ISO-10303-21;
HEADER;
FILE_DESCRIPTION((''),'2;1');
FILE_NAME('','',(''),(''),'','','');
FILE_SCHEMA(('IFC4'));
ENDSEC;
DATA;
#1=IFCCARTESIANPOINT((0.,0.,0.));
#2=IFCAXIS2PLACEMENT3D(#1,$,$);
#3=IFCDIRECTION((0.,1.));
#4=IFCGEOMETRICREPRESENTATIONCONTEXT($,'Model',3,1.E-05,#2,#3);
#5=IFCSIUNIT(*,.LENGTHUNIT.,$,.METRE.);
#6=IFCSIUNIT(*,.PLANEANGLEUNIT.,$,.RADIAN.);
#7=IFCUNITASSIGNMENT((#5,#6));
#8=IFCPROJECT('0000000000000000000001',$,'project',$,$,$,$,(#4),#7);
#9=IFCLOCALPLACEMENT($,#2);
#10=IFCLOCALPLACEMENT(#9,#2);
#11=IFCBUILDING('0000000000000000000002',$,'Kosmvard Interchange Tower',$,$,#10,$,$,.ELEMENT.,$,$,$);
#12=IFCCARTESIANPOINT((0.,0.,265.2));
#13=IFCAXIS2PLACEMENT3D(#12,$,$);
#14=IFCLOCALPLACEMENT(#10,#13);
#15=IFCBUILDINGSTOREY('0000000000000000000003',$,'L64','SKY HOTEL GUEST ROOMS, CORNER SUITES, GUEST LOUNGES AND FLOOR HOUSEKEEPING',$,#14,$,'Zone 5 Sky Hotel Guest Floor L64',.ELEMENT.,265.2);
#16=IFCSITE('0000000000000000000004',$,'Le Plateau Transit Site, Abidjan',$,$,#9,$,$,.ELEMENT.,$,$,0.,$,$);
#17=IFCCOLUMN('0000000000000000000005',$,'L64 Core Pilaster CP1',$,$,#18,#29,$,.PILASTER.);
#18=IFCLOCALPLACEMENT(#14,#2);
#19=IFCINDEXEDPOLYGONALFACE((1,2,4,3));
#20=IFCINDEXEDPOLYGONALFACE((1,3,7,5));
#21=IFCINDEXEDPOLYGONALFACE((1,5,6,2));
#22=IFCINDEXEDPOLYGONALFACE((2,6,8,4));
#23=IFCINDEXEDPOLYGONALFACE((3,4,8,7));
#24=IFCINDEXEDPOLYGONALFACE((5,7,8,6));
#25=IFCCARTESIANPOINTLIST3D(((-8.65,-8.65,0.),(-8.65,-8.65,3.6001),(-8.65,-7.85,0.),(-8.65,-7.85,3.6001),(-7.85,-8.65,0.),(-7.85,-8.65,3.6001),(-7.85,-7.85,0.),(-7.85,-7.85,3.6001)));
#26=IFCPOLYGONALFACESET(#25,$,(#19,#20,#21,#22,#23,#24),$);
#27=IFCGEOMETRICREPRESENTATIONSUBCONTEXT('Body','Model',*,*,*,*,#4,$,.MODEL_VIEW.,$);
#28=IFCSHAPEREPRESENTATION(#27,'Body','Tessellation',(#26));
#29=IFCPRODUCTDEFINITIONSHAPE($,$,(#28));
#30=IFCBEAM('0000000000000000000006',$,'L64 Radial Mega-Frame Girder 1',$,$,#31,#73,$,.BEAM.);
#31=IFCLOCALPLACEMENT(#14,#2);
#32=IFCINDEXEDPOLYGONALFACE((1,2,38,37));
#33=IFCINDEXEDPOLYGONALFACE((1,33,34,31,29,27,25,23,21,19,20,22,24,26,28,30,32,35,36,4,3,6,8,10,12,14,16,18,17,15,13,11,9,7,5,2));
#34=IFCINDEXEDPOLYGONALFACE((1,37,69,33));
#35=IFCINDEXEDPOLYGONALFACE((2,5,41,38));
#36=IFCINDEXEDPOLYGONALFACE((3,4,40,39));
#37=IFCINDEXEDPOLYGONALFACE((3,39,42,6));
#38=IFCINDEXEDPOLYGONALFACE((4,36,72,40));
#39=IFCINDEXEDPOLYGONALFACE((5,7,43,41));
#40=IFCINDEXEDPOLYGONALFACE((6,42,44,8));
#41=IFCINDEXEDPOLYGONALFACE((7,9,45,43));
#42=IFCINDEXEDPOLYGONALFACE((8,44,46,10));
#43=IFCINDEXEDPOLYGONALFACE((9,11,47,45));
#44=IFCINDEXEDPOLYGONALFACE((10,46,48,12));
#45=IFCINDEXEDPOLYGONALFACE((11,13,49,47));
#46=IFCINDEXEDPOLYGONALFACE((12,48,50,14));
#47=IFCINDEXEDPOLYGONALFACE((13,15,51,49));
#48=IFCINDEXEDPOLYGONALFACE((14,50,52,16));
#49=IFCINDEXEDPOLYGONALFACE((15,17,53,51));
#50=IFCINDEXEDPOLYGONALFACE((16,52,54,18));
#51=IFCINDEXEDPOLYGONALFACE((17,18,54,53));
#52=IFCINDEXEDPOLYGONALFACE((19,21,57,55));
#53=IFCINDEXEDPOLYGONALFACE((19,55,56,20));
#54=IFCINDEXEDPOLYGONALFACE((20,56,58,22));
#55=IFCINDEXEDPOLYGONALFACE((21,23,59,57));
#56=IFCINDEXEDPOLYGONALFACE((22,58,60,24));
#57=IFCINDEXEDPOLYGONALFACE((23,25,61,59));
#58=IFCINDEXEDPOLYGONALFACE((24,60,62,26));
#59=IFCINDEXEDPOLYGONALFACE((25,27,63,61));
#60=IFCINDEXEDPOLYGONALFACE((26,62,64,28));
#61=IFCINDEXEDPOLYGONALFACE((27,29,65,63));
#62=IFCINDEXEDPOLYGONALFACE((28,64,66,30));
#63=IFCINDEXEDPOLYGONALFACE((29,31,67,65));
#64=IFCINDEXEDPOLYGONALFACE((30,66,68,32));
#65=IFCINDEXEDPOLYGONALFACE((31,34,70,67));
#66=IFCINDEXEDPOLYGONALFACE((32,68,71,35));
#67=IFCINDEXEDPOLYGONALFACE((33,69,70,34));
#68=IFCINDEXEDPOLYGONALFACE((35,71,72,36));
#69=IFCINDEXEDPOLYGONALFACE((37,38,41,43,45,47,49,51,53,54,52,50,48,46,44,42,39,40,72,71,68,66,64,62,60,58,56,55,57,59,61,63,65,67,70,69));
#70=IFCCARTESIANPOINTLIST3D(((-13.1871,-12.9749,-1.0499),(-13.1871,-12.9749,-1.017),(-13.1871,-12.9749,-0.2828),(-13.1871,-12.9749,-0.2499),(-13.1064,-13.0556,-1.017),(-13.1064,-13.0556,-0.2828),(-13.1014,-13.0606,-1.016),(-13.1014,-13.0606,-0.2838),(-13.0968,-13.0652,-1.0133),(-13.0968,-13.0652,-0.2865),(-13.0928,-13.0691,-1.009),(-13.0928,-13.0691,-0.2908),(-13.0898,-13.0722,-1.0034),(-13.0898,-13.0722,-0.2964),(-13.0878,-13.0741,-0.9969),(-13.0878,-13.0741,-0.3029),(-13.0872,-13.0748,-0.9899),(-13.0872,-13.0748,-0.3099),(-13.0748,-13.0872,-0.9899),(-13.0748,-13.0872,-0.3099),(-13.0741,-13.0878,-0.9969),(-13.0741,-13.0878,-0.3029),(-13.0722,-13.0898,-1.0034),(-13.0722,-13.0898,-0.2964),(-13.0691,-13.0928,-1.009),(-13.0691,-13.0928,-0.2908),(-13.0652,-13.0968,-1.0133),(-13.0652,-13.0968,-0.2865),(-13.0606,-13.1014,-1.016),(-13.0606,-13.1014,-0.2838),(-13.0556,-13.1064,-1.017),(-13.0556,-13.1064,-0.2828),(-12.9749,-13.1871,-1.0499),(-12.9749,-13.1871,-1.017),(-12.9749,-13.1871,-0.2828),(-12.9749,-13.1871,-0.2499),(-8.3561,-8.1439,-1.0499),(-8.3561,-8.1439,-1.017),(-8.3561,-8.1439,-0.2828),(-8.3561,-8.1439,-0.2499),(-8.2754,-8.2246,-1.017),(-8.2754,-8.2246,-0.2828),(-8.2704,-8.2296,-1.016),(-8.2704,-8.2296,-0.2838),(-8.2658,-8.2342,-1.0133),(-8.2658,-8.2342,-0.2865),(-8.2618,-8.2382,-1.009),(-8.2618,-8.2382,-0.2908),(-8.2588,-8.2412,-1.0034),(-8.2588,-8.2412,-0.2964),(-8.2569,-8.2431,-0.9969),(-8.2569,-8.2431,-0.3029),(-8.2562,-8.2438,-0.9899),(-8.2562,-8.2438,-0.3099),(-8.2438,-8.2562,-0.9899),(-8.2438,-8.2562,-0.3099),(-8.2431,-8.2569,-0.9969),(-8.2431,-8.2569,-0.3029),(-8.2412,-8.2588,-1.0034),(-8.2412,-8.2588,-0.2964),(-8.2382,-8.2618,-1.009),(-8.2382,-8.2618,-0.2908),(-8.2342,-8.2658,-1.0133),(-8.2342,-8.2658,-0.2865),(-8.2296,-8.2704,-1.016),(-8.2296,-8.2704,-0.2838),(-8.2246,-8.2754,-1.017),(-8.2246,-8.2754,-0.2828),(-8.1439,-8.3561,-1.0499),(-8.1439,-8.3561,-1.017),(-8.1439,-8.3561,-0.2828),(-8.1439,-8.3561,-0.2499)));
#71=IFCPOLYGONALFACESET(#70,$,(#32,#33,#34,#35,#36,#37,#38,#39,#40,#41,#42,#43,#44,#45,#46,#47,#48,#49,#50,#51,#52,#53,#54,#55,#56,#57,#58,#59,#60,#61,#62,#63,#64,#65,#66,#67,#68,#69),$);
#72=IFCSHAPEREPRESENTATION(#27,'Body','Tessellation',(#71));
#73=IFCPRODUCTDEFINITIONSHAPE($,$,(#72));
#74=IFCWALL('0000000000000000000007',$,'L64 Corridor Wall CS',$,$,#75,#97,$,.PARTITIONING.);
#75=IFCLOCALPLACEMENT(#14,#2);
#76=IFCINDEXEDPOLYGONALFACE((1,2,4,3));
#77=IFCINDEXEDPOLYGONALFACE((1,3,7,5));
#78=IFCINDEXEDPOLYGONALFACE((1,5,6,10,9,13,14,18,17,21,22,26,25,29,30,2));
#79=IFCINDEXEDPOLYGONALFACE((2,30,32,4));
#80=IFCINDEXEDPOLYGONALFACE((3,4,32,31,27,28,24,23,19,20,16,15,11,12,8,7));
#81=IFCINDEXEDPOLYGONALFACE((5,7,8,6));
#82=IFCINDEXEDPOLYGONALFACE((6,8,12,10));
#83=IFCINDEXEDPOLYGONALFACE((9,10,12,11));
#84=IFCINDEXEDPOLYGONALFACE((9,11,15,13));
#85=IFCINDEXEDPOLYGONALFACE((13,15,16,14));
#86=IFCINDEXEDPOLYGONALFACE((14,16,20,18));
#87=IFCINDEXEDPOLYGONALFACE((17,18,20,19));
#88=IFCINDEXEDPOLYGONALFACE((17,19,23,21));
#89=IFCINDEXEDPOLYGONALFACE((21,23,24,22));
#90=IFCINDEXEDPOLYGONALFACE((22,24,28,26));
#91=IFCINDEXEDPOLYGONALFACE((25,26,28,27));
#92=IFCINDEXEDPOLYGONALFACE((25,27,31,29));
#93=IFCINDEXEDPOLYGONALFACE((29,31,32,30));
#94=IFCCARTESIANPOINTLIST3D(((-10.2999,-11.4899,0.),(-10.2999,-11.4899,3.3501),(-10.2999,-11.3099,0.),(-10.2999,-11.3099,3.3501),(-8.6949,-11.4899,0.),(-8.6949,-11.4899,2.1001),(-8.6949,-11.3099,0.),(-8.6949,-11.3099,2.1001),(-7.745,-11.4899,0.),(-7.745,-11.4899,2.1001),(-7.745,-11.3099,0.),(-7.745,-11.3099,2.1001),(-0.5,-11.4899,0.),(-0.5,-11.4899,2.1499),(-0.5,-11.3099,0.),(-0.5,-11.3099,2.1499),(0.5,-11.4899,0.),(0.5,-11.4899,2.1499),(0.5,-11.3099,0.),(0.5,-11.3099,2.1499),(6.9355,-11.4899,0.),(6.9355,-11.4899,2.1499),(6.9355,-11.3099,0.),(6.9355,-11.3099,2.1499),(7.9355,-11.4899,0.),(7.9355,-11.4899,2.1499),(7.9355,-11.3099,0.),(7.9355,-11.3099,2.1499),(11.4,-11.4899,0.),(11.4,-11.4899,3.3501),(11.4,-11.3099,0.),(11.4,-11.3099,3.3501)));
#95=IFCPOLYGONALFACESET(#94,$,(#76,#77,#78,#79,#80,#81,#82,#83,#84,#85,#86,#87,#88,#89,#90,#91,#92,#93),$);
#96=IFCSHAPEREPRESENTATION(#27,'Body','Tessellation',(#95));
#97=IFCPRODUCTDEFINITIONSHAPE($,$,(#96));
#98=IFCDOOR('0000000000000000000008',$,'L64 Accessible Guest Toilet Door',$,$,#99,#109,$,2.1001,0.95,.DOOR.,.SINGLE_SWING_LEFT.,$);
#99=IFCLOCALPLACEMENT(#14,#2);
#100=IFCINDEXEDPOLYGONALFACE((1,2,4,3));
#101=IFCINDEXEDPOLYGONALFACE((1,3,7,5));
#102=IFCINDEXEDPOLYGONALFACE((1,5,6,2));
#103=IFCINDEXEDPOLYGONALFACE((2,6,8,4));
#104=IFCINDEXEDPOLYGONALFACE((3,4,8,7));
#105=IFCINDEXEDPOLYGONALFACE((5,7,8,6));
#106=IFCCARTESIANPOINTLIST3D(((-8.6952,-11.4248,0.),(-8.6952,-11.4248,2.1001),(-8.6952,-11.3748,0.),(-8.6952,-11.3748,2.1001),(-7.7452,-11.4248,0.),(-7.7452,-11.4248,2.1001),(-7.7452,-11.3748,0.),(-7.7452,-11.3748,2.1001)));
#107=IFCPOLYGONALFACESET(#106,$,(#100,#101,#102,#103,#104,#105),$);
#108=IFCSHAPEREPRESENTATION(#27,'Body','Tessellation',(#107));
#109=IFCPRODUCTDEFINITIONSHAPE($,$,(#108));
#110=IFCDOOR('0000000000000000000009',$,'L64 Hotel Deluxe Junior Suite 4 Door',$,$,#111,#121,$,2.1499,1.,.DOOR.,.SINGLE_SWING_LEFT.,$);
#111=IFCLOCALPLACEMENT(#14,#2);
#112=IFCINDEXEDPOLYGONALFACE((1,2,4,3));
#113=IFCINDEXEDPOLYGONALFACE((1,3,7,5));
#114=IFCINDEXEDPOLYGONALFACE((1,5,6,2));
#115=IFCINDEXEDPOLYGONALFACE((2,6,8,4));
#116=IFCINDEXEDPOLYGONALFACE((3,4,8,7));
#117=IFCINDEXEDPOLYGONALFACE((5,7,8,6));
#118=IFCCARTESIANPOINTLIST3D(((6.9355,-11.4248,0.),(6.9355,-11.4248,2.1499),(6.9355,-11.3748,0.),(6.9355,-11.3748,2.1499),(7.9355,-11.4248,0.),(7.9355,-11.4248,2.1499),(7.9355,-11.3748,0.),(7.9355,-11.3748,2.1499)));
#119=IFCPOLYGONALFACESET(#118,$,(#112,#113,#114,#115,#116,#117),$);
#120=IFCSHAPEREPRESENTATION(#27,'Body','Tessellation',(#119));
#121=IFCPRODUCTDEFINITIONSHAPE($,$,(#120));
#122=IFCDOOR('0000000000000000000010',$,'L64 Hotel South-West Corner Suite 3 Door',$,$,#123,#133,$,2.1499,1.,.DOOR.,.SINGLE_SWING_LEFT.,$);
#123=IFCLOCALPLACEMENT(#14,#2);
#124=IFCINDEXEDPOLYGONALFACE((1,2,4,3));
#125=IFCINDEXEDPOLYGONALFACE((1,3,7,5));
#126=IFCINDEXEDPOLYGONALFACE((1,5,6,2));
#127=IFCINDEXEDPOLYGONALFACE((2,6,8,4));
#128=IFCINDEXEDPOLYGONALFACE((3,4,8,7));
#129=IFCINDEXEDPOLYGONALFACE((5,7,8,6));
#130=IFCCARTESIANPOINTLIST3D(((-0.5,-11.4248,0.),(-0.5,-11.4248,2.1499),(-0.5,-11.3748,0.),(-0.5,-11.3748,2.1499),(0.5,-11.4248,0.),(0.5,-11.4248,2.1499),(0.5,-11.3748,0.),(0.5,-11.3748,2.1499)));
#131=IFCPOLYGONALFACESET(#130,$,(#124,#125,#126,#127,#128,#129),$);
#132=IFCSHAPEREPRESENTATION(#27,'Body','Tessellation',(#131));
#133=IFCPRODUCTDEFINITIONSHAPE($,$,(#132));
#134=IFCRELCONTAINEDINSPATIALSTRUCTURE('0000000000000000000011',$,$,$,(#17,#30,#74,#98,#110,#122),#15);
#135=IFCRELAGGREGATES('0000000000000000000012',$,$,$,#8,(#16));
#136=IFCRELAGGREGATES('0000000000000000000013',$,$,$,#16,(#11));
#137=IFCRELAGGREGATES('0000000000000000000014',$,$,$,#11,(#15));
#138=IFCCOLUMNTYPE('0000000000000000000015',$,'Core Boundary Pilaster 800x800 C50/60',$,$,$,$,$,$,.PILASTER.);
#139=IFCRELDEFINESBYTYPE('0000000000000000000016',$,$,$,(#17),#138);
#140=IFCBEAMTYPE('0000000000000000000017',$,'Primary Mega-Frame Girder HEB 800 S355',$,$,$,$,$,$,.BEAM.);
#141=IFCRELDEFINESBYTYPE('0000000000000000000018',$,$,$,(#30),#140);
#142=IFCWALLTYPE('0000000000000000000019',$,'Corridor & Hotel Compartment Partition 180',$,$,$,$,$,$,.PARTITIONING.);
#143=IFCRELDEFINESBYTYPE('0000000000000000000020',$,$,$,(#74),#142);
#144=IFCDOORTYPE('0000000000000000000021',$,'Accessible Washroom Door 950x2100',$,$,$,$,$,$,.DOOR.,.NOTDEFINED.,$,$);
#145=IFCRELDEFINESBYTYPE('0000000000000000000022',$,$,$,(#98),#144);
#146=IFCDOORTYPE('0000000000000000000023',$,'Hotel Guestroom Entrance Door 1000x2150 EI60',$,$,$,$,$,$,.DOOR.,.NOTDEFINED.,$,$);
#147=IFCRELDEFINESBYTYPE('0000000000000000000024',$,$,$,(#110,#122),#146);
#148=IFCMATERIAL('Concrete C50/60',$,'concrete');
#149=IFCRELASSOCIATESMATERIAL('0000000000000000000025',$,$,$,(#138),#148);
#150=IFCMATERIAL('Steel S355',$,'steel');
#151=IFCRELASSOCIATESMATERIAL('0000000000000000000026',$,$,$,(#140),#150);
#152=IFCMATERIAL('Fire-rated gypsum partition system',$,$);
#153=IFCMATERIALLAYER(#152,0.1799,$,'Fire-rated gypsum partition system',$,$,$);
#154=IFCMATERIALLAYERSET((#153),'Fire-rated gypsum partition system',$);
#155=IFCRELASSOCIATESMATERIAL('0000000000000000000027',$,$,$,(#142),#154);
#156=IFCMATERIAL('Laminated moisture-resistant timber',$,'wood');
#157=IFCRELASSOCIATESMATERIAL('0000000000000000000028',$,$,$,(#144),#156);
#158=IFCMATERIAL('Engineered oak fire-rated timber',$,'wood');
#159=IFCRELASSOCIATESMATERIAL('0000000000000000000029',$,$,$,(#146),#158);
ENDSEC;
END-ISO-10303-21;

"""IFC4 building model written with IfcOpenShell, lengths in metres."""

from ifc_helpers import new_model, si_unit, direction, frame, frame_2d, origin, origin_2d, place, context, subcontext, project, spatial, rectangle, i_section, extrude, source, transform, mapped, material, layer, layer_set, material_profile, profile_set, type_object, element, fill, save


model = new_model("IFC4")

# Units and contexts
model_context = context("Model", 3, precision=1e-05, world=origin(), true_north=direction((0.0, 1.0)))
body_context = subcontext(model_context, "Body", "Model", "MODEL_VIEW")
ifc_project = project(units=[si_unit("LENGTHUNIT", "METRE"), si_unit("PLANEANGLEUNIT", "RADIAN")], contexts=[model_context])

# Site, building, storey
site_placement = place(None, origin())
site = spatial("IfcSite", under=ifc_project, at=site_placement, Name="Le Plateau Transit Site, Abidjan", CompositionType="ELEMENT", RefElevation=0.0)
building_placement = place(site_placement, origin())
building = spatial("IfcBuilding", under=site, at=building_placement, Name="Kosmvard Interchange Tower", CompositionType="ELEMENT")
storey_placement = place(building_placement, frame((0.0, 0.0, 265.2)))
storey = spatial("IfcBuildingStorey", under=building, at=storey_placement, Name="L64", Description="SKY HOTEL GUEST ROOMS, CORNER SUITES, GUEST LOUNGES AND FLOOR HOUSEKEEPING", LongName="Zone 5 Sky Hotel Guest Floor L64", CompositionType="ELEMENT", Elevation=265.2)

# Column
ifc_material_1 = material(Name="Concrete C50/60", Category="concrete")
ifc_material_profile_1 = material_profile(ifc_material_1, rectangle(XDim=0.8, YDim=0.8, at=origin_2d()), Name="CP 800x800")
ifc_profile_set_1 = profile_set([ifc_material_profile_1], Name="Concrete C50/60")
column_type = type_object("IfcColumnType", Name="Core Boundary Pilaster 800x800 C50/60", PredefinedType="PILASTER", material=ifc_profile_set_1)
shared_shape_1 = source(origin(), body_context, "Body", "SweptSolid", [
    extrude(rectangle(XDim=0.8, YDim=0.8, at=origin_2d()), origin(), (0.0, 0.0, 1.0), 3.6001),
])
column_placement = place(storey_placement, frame((-8.25, -8.25, 0.0), z_axis=(0.0, 0.0, 1.0), x_axis=(1.0, 0.0, 0.0)))
element("IfcColumn", 1, at=column_placement, inside=storey, type_object=column_type, Name="L64 Core Pilaster CP1", PredefinedType="PILASTER", context=body_context, shape_type="MappedRepresentation", body=[
    mapped(shared_shape_1, transform((0.0, 0.0, 0.0), scale=1.0)),
])

# Beam
ifc_material_2 = material(Name="Steel S355", Category="steel")
ifc_material_profile_2 = material_profile(ifc_material_2, i_section(OverallWidth=0.3, OverallDepth=0.8, WebThickness=0.0176, FlangeThickness=0.033, FilletRadius=0.0271, at=origin_2d()), Name="HEB 800")
ifc_profile_set_2 = profile_set([ifc_material_profile_2], Name="Steel S355")
beam_type = type_object("IfcBeamType", Name="Primary Mega-Frame Girder HEB 800 S355", PredefinedType="BEAM", material=ifc_profile_set_2)
shared_shape_2 = source(origin(), body_context, "Body", "SweptSolid", [
    extrude(i_section(OverallWidth=0.3, OverallDepth=0.8, WebThickness=0.0176, FlangeThickness=0.033, FilletRadius=0.0271, at=origin_2d()), origin(), (0.0, 0.0, 1.0), 6.832),
])
beam_placement = place(storey_placement, frame((-8.25, -8.25, -0.6499), z_axis=(-0.707107, -0.707107, 0.0), x_axis=(0.707107, -0.707107, 0.0)))
element("IfcBeam", 2, at=beam_placement, inside=storey, type_object=beam_type, Name="L64 Radial Mega-Frame Girder 1", PredefinedType="BEAM", context=body_context, shape_type="MappedRepresentation", body=[
    mapped(shared_shape_2, transform((0.0, 0.0, 0.0), scale=1.0)),
])

# Wall, openings, doors
ifc_material_3 = material(Name="Fire-rated gypsum partition system")
ifc_layer_1 = layer(ifc_material_3, 0.1799, Name="Fire-rated gypsum partition system")
ifc_layer_set_1 = layer_set([ifc_layer_1], Name="Fire-rated gypsum partition system")
wall_type_1 = type_object("IfcWallType", Name="Corridor & Hotel Compartment Partition 180", PredefinedType="PARTITIONING", material=ifc_layer_set_1)
wall_1_placement = place(storey_placement, frame((-10.3, -11.3999, 0.0), z_axis=(0.0, 0.0, 1.0), x_axis=(1.0, 0.0, 0.0)))
wall_1 = element("IfcWall", 3, at=wall_1_placement, inside=storey, type_object=wall_type_1, Name="L64 Corridor Wall CS", PredefinedType="PARTITIONING", context=body_context, shape_type="SweptSolid", body=[
    extrude(rectangle(XDim=21.7, YDim=0.1799, at=frame_2d((10.8501, 0.0))), origin(), (0.0, 0.0, 1.0), 3.3501),
])
opening_1_placement = place(wall_1_placement, frame((1.605, 0.0, 0.0)))
opening_1 = element("IfcOpeningElement", 4, at=opening_1_placement, cuts=wall_1, PredefinedType="OPENING", context=body_context, shape_type="SweptSolid", body=[
    extrude(rectangle(XDim=0.95, YDim=2.1001, at=frame_2d((0.4751, 1.05))), frame((0.0, 0.1001, 0.0), z_axis=(0.0, -1.0, 0.0), x_axis=(1.0, 0.0, 0.0)), (0.0, 0.0, 1.0), 0.2),
])
opening_2_placement = place(wall_1_placement, frame((17.2356, 0.0, 0.0)))
opening_2 = element("IfcOpeningElement", 5, at=opening_2_placement, cuts=wall_1, PredefinedType="OPENING", context=body_context, shape_type="SweptSolid", body=[
    extrude(rectangle(XDim=1.0, YDim=2.1499, at=frame_2d((0.5, 1.075))), frame((0.0, 0.1001, 0.0), z_axis=(0.0, -1.0, 0.0), x_axis=(1.0, 0.0, 0.0)), (0.0, 0.0, 1.0), 0.2),
])
opening_3_placement = place(wall_1_placement, frame((9.8, 0.0, 0.0)))
opening_3 = element("IfcOpeningElement", 6, at=opening_3_placement, cuts=wall_1, PredefinedType="OPENING", context=body_context, shape_type="SweptSolid", body=[
    extrude(rectangle(XDim=1.0, YDim=2.1499, at=frame_2d((0.5, 1.075))), frame((0.0, 0.1001, 0.0), z_axis=(0.0, -1.0, 0.0), x_axis=(1.0, 0.0, 0.0)), (0.0, 0.0, 1.0), 0.2),
])
ifc_material_4 = material(Name="Laminated moisture-resistant timber", Category="wood")
door_type_1 = type_object("IfcDoorType", Name="Accessible Washroom Door 950x2100", OperationType="NOTDEFINED", PredefinedType="DOOR", material=ifc_material_4)
shared_shape_3 = source(origin(), body_context, "Body", "SweptSolid", [
    extrude(rectangle(XDim=0.95, YDim=2.1001, at=frame_2d((0.4751, 1.05))), frame((0.0, 0.0249, 0.0), z_axis=(0.0, -1.0, 0.0), x_axis=(1.0, 0.0, 0.0)), (0.0, 0.0, 1.0), 0.05),
])
door_1_placement = place(opening_1_placement, frame((0.95, 0.0, 0.0), z_axis=(0.0, 0.0, 1.0), x_axis=(-1.0, 0.0, 0.0)))
door_1 = element("IfcDoor", 7, at=door_1_placement, inside=storey, type_object=door_type_1, Name="L64 Accessible Guest Toilet Door", OperationType="SINGLE_SWING_LEFT", OverallHeight=2.1001, OverallWidth=0.95, PredefinedType="DOOR", context=body_context, shape_type="MappedRepresentation", body=[
    mapped(shared_shape_3, transform((0.0, 0.0, 0.0), scale=1.0)),
])
fill(opening_1, door_1)
ifc_material_5 = material(Name="Engineered oak fire-rated timber", Category="wood")
door_type_2 = type_object("IfcDoorType", Name="Hotel Guestroom Entrance Door 1000x2150 EI60", OperationType="NOTDEFINED", PredefinedType="DOOR", material=ifc_material_5)
shared_shape_4 = source(origin(), body_context, "Body", "SweptSolid", [
    extrude(rectangle(XDim=1.0, YDim=2.1499, at=frame_2d((0.5, 1.075))), frame((0.0, 0.0249, 0.0), z_axis=(0.0, -1.0, 0.0), x_axis=(1.0, 0.0, 0.0)), (0.0, 0.0, 1.0), 0.05),
])
door_2_placement = place(opening_2_placement, frame((1.0, 0.0, 0.0), z_axis=(0.0, 0.0, 1.0), x_axis=(-1.0, 0.0, 0.0)))
door_2 = element("IfcDoor", 8, at=door_2_placement, inside=storey, type_object=door_type_2, Name="L64 Hotel Deluxe Junior Suite 4 Door", OperationType="SINGLE_SWING_LEFT", OverallHeight=2.1499, OverallWidth=1.0, PredefinedType="DOOR", context=body_context, shape_type="MappedRepresentation", body=[
    mapped(shared_shape_4, transform((0.0, 0.0, 0.0), scale=1.0)),
])
fill(opening_2, door_2)
door_3_placement = place(opening_3_placement, frame((1.0, 0.0, 0.0), z_axis=(0.0, 0.0, 1.0), x_axis=(-1.0, 0.0, 0.0)))
door_3 = element("IfcDoor", 9, at=door_3_placement, inside=storey, type_object=door_type_2, Name="L64 Hotel South-West Corner Suite 3 Door", OperationType="SINGLE_SWING_LEFT", OverallHeight=2.1499, OverallWidth=1.0, PredefinedType="DOOR", context=body_context, shape_type="MappedRepresentation", body=[
    mapped(shared_shape_4, transform((0.0, 0.0, 0.0), scale=1.0)),
])
fill(opening_3, door_3)

save(model, "model.ifc")
